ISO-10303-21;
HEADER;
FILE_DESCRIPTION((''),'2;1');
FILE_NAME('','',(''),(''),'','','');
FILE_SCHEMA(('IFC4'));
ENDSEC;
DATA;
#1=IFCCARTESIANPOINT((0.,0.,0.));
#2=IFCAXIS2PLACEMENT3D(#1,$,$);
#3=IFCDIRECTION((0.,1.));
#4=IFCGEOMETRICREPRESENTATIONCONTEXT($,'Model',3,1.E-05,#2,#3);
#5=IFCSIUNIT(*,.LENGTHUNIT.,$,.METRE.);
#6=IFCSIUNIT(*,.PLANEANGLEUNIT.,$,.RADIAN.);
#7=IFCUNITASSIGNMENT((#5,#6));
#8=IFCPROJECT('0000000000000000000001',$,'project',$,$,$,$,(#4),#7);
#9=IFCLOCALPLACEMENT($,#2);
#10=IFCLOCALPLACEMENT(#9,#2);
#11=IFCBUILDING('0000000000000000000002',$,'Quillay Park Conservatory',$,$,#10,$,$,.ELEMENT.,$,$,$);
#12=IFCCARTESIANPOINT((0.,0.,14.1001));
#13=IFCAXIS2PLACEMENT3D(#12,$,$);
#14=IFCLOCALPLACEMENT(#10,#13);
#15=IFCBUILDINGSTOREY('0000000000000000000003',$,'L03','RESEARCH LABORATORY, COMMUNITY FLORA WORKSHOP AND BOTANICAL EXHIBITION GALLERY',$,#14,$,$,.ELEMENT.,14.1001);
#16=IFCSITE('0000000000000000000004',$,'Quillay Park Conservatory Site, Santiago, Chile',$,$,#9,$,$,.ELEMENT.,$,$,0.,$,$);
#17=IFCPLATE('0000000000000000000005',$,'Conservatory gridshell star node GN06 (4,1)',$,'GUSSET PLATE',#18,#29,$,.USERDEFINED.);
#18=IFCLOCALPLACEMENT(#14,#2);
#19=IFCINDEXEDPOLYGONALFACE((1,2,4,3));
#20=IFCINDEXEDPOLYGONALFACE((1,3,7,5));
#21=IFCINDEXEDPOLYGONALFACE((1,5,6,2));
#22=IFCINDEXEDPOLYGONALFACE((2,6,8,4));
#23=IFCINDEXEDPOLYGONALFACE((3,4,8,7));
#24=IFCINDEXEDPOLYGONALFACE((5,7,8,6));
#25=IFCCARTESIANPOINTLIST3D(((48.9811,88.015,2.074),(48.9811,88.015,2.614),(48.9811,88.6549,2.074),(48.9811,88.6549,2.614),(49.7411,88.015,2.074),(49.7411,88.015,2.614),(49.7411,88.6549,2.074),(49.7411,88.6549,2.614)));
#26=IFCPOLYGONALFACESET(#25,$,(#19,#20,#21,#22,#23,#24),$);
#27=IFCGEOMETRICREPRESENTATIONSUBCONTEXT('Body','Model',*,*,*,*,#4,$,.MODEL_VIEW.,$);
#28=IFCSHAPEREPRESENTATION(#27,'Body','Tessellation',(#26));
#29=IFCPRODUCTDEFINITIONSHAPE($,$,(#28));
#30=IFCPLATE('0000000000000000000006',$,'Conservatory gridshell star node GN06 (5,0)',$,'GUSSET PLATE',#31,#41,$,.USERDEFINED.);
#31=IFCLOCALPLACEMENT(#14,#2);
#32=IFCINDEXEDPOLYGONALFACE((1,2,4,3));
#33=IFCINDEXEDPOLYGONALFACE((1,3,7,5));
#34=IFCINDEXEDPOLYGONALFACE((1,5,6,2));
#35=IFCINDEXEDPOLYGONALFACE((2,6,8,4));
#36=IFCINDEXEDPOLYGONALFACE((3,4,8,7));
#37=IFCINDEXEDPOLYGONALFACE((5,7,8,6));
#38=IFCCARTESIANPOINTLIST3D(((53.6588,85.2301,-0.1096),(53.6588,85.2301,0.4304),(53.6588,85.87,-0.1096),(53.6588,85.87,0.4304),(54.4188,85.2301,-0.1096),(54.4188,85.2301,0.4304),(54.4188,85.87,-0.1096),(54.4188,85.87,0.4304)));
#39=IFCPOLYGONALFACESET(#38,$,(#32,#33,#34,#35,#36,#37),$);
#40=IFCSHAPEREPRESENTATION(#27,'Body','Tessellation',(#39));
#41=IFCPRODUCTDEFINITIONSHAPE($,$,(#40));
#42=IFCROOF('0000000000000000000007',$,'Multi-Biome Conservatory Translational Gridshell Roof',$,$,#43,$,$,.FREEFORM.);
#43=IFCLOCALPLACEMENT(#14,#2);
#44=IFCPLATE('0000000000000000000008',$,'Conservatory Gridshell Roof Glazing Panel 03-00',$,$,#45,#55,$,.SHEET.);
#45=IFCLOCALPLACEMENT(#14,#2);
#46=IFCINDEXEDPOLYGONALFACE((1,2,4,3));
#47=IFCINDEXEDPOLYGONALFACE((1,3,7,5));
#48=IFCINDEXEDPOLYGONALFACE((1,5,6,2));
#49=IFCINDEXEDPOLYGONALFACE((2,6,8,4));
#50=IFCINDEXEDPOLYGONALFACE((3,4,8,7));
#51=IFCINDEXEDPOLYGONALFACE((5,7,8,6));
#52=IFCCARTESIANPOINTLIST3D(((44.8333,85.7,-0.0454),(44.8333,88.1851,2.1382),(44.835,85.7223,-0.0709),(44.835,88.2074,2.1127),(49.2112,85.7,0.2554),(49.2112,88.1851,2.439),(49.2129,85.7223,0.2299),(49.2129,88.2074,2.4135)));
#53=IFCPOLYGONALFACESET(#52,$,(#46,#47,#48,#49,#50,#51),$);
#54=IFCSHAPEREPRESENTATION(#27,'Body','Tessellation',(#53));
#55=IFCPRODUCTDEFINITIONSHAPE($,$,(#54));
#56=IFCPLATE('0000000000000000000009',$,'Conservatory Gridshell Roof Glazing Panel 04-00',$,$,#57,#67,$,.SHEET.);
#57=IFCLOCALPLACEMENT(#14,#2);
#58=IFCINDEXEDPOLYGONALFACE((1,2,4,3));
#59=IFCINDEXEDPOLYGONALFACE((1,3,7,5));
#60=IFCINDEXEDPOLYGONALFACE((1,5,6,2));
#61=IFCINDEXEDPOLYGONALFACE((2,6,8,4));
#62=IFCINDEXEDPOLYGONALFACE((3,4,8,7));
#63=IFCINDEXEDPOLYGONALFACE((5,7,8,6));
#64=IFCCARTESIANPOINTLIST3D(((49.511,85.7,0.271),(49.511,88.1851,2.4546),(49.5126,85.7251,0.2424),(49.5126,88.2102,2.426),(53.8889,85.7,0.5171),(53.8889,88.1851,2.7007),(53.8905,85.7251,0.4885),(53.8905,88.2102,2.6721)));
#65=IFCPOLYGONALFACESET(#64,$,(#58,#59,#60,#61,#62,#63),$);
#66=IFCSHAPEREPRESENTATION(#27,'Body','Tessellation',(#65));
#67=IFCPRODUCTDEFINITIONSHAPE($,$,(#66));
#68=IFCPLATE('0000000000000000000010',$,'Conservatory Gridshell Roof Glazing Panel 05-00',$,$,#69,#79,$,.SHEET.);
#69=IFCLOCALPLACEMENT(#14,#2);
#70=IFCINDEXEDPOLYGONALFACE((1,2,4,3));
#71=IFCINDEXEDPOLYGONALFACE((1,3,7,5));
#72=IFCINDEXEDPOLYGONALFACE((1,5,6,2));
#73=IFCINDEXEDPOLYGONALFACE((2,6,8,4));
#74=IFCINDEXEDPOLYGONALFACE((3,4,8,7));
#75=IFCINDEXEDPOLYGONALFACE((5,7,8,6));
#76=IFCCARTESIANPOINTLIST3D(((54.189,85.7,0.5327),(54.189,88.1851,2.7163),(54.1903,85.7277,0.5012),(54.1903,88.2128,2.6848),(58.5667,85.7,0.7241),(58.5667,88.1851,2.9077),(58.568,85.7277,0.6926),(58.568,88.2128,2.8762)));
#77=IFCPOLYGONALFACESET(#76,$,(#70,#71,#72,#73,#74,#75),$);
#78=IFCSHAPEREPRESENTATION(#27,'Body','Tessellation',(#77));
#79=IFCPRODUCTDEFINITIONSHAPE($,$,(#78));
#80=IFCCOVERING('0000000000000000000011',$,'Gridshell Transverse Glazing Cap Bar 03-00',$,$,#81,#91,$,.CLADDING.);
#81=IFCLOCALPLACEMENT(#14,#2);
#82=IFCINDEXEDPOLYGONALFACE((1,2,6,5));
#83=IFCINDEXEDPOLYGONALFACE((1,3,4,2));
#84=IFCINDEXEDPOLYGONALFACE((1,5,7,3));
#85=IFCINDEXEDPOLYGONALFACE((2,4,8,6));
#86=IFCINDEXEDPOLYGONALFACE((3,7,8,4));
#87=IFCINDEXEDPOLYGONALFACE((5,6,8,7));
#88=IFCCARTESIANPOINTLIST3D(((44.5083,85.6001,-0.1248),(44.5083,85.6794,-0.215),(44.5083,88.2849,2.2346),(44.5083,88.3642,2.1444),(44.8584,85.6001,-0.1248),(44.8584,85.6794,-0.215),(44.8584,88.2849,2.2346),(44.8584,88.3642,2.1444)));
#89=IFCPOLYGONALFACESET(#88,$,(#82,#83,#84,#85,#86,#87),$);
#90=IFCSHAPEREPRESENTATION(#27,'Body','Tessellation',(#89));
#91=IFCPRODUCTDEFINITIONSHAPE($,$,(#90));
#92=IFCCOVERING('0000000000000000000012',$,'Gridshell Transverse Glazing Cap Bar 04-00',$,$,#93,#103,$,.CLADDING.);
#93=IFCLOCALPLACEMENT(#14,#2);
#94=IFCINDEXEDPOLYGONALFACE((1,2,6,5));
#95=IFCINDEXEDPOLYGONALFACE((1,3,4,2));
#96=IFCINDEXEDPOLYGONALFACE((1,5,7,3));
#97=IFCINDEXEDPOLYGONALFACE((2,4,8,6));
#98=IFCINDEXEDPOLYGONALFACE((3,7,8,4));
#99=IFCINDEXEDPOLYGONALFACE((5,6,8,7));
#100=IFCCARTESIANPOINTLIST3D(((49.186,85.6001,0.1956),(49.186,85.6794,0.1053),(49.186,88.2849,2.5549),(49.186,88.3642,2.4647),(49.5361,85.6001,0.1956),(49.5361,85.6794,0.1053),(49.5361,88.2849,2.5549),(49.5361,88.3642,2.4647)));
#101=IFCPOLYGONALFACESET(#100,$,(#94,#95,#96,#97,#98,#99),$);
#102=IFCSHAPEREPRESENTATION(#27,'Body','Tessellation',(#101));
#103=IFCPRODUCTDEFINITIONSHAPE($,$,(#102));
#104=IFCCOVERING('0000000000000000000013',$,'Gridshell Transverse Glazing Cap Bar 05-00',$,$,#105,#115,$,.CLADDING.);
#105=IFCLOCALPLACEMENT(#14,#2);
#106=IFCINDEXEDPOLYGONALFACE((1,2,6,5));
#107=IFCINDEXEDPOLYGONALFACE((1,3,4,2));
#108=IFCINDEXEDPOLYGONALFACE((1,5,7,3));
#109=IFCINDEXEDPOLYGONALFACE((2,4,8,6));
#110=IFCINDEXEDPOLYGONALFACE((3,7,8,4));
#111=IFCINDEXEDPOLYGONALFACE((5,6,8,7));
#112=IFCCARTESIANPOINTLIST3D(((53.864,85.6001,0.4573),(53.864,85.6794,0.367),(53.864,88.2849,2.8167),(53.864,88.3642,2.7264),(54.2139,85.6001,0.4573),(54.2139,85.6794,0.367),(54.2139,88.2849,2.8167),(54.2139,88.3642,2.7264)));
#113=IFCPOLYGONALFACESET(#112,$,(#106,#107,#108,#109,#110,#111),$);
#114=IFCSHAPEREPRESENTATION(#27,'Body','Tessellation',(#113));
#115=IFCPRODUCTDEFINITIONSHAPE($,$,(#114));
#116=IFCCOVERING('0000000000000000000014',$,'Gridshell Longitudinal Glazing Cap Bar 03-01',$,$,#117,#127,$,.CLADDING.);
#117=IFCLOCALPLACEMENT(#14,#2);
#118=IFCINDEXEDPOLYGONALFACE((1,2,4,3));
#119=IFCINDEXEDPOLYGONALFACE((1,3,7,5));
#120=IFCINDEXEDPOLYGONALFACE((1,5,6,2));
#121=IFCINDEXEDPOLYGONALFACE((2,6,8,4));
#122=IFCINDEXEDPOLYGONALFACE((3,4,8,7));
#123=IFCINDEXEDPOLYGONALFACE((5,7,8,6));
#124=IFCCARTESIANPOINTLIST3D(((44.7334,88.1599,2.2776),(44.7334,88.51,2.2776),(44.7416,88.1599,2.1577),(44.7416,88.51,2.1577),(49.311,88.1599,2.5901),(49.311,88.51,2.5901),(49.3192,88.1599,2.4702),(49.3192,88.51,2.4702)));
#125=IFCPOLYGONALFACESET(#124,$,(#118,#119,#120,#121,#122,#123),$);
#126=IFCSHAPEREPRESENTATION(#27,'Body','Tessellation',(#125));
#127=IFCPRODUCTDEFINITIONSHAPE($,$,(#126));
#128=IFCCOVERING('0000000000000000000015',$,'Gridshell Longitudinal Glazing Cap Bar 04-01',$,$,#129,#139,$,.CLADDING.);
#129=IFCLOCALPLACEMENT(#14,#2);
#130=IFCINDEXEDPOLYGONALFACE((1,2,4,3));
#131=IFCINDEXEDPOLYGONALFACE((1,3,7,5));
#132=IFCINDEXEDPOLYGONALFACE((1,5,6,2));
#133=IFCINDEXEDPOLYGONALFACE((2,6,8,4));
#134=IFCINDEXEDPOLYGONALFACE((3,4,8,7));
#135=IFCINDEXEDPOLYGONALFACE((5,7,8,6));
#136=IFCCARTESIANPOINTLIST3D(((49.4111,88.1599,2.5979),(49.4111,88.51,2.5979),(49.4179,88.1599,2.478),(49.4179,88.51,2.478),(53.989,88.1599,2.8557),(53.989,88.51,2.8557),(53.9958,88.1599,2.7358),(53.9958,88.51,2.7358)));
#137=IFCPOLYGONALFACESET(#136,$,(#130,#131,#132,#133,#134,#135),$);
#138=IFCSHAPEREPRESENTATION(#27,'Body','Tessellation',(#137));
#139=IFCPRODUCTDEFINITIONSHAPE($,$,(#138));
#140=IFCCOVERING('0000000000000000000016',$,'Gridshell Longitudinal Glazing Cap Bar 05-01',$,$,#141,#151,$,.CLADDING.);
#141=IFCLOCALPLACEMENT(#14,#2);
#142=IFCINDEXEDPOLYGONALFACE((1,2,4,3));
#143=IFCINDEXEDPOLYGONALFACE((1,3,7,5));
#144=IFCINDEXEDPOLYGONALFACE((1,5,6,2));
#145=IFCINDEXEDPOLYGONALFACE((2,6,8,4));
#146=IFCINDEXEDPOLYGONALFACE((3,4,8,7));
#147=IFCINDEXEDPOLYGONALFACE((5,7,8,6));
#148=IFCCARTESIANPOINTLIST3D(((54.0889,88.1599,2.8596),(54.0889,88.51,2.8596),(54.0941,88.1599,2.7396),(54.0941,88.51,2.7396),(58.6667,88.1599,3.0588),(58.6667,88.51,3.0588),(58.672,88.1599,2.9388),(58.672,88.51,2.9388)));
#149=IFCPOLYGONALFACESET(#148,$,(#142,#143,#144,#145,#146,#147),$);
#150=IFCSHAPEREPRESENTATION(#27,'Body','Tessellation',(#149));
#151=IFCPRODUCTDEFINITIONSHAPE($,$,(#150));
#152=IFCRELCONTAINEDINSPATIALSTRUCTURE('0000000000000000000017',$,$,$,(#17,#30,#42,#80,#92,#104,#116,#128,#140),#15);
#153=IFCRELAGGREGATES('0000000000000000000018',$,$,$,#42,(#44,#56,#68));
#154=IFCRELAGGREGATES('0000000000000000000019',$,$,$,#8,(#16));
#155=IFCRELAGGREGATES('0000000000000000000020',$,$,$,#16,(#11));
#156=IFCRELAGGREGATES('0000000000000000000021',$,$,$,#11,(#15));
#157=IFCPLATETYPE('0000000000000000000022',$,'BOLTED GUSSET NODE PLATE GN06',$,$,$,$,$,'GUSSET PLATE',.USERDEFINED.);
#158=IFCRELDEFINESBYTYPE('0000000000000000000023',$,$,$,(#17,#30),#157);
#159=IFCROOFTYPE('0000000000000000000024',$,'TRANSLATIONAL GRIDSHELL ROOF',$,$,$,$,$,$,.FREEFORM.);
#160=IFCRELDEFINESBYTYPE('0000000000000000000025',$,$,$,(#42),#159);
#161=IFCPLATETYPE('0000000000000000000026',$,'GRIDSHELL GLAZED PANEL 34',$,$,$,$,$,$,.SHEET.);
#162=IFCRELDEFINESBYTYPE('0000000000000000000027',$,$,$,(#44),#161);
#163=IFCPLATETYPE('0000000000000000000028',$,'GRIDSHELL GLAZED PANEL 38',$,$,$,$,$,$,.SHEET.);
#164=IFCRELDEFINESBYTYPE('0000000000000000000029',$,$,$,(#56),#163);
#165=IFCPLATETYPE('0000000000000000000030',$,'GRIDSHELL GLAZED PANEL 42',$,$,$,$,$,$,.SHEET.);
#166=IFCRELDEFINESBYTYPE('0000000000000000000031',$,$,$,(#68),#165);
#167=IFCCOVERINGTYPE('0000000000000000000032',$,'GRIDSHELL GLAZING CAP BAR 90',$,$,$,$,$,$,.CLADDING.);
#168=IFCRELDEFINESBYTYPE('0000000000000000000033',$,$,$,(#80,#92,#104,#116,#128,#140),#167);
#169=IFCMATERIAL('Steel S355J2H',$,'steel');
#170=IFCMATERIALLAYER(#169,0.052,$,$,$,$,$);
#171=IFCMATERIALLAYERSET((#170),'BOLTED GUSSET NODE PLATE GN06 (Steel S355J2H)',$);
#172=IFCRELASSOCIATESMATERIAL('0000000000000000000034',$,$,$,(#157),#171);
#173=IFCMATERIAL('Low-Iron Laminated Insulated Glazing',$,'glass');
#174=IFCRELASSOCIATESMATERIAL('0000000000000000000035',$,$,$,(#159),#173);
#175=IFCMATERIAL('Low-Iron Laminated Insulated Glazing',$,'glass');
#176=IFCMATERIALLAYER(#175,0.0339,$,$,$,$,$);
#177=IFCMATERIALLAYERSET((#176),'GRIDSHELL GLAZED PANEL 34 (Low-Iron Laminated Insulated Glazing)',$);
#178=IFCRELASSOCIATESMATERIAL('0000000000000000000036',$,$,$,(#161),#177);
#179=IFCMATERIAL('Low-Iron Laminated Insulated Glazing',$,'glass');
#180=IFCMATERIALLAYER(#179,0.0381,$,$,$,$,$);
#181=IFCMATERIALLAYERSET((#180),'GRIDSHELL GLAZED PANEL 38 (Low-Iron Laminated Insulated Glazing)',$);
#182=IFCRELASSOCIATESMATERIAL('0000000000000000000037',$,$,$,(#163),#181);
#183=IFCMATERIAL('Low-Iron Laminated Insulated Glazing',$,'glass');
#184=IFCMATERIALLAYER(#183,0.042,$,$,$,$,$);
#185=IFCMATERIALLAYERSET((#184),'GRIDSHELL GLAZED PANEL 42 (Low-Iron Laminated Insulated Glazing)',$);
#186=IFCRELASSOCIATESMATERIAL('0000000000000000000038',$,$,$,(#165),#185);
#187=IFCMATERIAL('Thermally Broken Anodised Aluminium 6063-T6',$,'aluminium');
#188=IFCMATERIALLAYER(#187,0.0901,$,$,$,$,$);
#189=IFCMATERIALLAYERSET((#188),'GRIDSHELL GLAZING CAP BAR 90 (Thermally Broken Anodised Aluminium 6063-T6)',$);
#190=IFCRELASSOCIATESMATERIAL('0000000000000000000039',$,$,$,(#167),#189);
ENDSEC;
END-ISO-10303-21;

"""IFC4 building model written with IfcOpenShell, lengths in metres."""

from ifc_helpers import new_model, si_unit, direction, frame, origin, origin_2d, place, context, subcontext, project, spatial, polyline, rectangle, outline, extrude, material, layer, layer_set, type_object, element, aggregate, save


model = new_model("IFC4")

# Units and contexts
model_context = context("Model", 3, precision=1e-05, world=origin(), true_north=direction((0.0, 1.0)))
body_context = subcontext(model_context, "Body", "Model", "MODEL_VIEW")
ifc_project = project(units=[si_unit("LENGTHUNIT", "METRE"), si_unit("PLANEANGLEUNIT", "RADIAN")], contexts=[model_context])

# Site, building, storey
site_placement = place(None, origin())
site = spatial("IfcSite", under=ifc_project, at=site_placement, Name="Quillay Park Conservatory Site, Santiago, Chile", CompositionType="ELEMENT", RefElevation=0.0)
building_placement = place(site_placement, origin())
building = spatial("IfcBuilding", under=site, at=building_placement, Name="Quillay Park Conservatory", CompositionType="ELEMENT")
storey_placement = place(building_placement, frame((0.0, 0.0, 14.1001)))
storey = spatial("IfcBuildingStorey", under=building, at=storey_placement, Name="L03", Description="RESEARCH LABORATORY, COMMUNITY FLORA WORKSHOP AND BOTANICAL EXHIBITION GALLERY", CompositionType="ELEMENT", Elevation=14.1001)

# Plates
ifc_material_1 = material(Name="Steel S355J2H", Category="steel")
ifc_layer_1 = layer(ifc_material_1, 0.052)
ifc_layer_set_1 = layer_set([ifc_layer_1], Name="BOLTED GUSSET NODE PLATE GN06 (Steel S355J2H)")
plate_type_1 = type_object("IfcPlateType", Name="BOLTED GUSSET NODE PLATE GN06", ElementType="GUSSET PLATE", PredefinedType="USERDEFINED", material=ifc_layer_set_1)
for number, where, z_axis, x_axis, name in (
    (1, (49.3611, 88.335, 2.074), (0.0, 0.0, 1.0), (1.0, 0.0, 0.0), "Conservatory gridshell star node GN06 (4,1)"),
    (2, (54.0388, 85.55, -0.1096), (0.0, 0.0, 1.0), (1.0, 0.0, 0.0), "Conservatory gridshell star node GN06 (5,0)"),
):
    element("IfcPlate", number, at=place(storey_placement, frame(where, z_axis=z_axis, x_axis=x_axis)), inside=storey, type_object=plate_type_1, Name=name, ObjectType="GUSSET PLATE", PredefinedType="USERDEFINED", context=body_context, shape_type="SweptSolid", body=[
        extrude(rectangle(XDim=0.76, YDim=0.6399, at=origin_2d()), origin(), (0.0, 0.0, 1.0), 0.54),
    ])

# Roof, plates
ifc_material_2 = material(Name="Low-Iron Laminated Insulated Glazing", Category="glass")
roof_type = type_object("IfcRoofType", Name="TRANSLATIONAL GRIDSHELL ROOF", PredefinedType="FREEFORM", material=ifc_material_2)
roof_placement = place(storey_placement, origin())
roof = element("IfcRoof", 3, at=roof_placement, inside=storey, type_object=roof_type, Name="Multi-Biome Conservatory Translational Gridshell Roof", PredefinedType="FREEFORM")
ifc_material_3 = material(Name="Low-Iron Laminated Insulated Glazing", Category="glass")
ifc_layer_2 = layer(ifc_material_3, 0.0339)
ifc_layer_set_2 = layer_set([ifc_layer_2], Name="GRIDSHELL GLAZED PANEL 34 (Low-Iron Laminated Insulated Glazing)")
plate_type_2 = type_object("IfcPlateType", Name="GRIDSHELL GLAZED PANEL 34", PredefinedType="SHEET", material=ifc_layer_set_2)
plate_1_placement = place(storey_placement, frame((44.8333, 85.7, -0.0454), z_axis=(-0.051542, -0.659188, 0.75021), x_axis=(0.997648, 0.0, 0.068542)))
plate_1 = element("IfcPlate", 4, at=plate_1_placement, type_object=plate_type_2, Name="Conservatory Gridshell Roof Glazing Panel 03-00", PredefinedType="SHEET", context=body_context, shape_type="SweptSolid", body=[
    extrude(outline(polyline([(0.0, 0.0), (4.3882, 0.0), (4.5379, 3.3048), (0.1497, 3.3048), (0.0, 0.0)])), origin(), (0.0, 0.0, -1.0), 0.0339),
])
ifc_material_4 = material(Name="Low-Iron Laminated Insulated Glazing", Category="glass")
ifc_layer_3 = layer(ifc_material_4, 0.0381)
ifc_layer_set_3 = layer_set([ifc_layer_3], Name="GRIDSHELL GLAZED PANEL 38 (Low-Iron Laminated Insulated Glazing)")
plate_type_3 = type_object("IfcPlateType", Name="GRIDSHELL GLAZED PANEL 38", PredefinedType="SHEET", material=ifc_layer_set_3)
plate_2_placement = place(storey_placement, frame((49.511, 85.7, 0.271), z_axis=(-0.04219, -0.659478, 0.750539), x_axis=(0.998424, 0.0, 0.056124)))
plate_2 = element("IfcPlate", 5, at=plate_2_placement, type_object=plate_type_3, Name="Conservatory Gridshell Roof Glazing Panel 04-00", PredefinedType="SHEET", context=body_context, shape_type="SweptSolid", body=[
    extrude(outline(polyline([(0.0, 0.0), (4.3848, 0.0), (4.5074, 3.3059), (0.1226, 3.3059), (0.0, 0.0)])), origin(), (0.0, 0.0, -1.0), 0.0381),
])
ifc_material_5 = material(Name="Low-Iron Laminated Insulated Glazing", Category="glass")
ifc_layer_4 = layer(ifc_material_5, 0.042)
ifc_layer_set_4 = layer_set([ifc_layer_4], Name="GRIDSHELL GLAZED PANEL 42 (Low-Iron Laminated Insulated Glazing)")
plate_type_4 = type_object("IfcPlateType", Name="GRIDSHELL GLAZED PANEL 42", PredefinedType="SHEET", material=ifc_layer_set_4)
plate_3_placement = place(storey_placement, frame((54.189, 85.7, 0.5327), z_axis=(-0.032827, -0.65971, 0.750803), x_axis=(0.999046, 0.0, 0.043681)))
plate_3 = element("IfcPlate", 6, at=plate_3_placement, type_object=plate_type_4, Name="Conservatory Gridshell Roof Glazing Panel 05-00", PredefinedType="SHEET", context=body_context, shape_type="SweptSolid", body=[
    extrude(outline(polyline([(0.0, 0.0), (4.3819, 0.0), (4.4773, 3.3068), (0.0954, 3.3068), (0.0, 0.0)])), origin(), (0.0, 0.0, -1.0), 0.042),
])
aggregate(roof, [plate_1, plate_2, plate_3])

# Coverings
ifc_material_6 = material(Name="Thermally Broken Anodised Aluminium 6063-T6", Category="aluminium")
ifc_layer_5 = layer(ifc_material_6, 0.0901)
ifc_layer_set_5 = layer_set([ifc_layer_5], Name="GRIDSHELL GLAZING CAP BAR 90 (Thermally Broken Anodised Aluminium 6063-T6)")
covering_type = type_object("IfcCoveringType", Name="GRIDSHELL GLAZING CAP BAR 90", PredefinedType="CLADDING", material=ifc_layer_set_5)
for number, where, z_axis, x_axis, name in (
    (7, (44.5083, 85.6001, -0.1248), (0.0, -0.660113, 0.751166), (1.0, 0.0, 0.0), "Gridshell Transverse Glazing Cap Bar 03-00"),
    (8, (49.186, 85.6001, 0.1956), (0.0, -0.660113, 0.751166), (1.0, 0.0, 0.0), "Gridshell Transverse Glazing Cap Bar 04-00"),
):
    element("IfcCovering", number, at=place(storey_placement, frame(where, z_axis=z_axis, x_axis=x_axis)), inside=storey, type_object=covering_type, Name=name, PredefinedType="CLADDING", context=body_context, shape_type="SweptSolid", body=[
        extrude(outline(polyline([(0.0, 0.0), (0.3501, 0.0), (0.3501, 3.5742), (0.0, 3.5742), (0.0, 0.0)])), origin(), (0.0, 0.0, -1.0), 0.1201),
    ])
covering_1_placement = place(storey_placement, frame((53.864, 85.6001, 0.4573), z_axis=(0.0, -0.660113, 0.751166), x_axis=(1.0, 0.0, 0.0)))
element("IfcCovering", 9, at=covering_1_placement, inside=storey, type_object=covering_type, Name="Gridshell Transverse Glazing Cap Bar 05-00", PredefinedType="CLADDING", context=body_context, shape_type="SweptSolid", body=[
    extrude(outline(polyline([(0.0, 0.0), (0.3499, 0.0), (0.3499, 3.5742), (0.0, 3.5742), (0.0, 0.0)])), origin(), (0.0, 0.0, -1.0), 0.1201),
])
covering_2_placement = place(storey_placement, frame((44.7334, 88.1599, 2.2776), z_axis=(-0.068108, 0.0, 0.997678), x_axis=(0.997678, 0.0, 0.068108)))
element("IfcCovering", 10, at=covering_2_placement, inside=storey, type_object=covering_type, Name="Gridshell Longitudinal Glazing Cap Bar 03-01", PredefinedType="CLADDING", context=body_context, shape_type="SweptSolid", body=[
    extrude(outline(polyline([(0.0, 0.0), (4.5883, 0.0), (4.5883, 0.3501), (0.0, 0.3501), (0.0, 0.0)])), origin(), (0.0, 0.0, -1.0), 0.1201),
])
covering_3_placement = place(storey_placement, frame((49.4111, 88.1599, 2.5979), z_axis=(-0.056228, 0.0, 0.998418), x_axis=(0.998418, 0.0, 0.056228)))
element("IfcCovering", 11, at=covering_3_placement, inside=storey, type_object=covering_type, Name="Gridshell Longitudinal Glazing Cap Bar 04-01", PredefinedType="CLADDING", context=body_context, shape_type="SweptSolid", body=[
    extrude(outline(polyline([(0.0, 0.0), (4.5851, 0.0), (4.5851, 0.3501), (0.0, 0.3501), (0.0, 0.0)])), origin(), (0.0, 0.0, -1.0), 0.1201),
])
covering_4_placement = place(storey_placement, frame((54.0889, 88.1599, 2.8596), z_axis=(-0.043477, 0.0, 0.999054), x_axis=(0.999054, 0.0, 0.043477)))
element("IfcCovering", 12, at=covering_4_placement, inside=storey, type_object=covering_type, Name="Gridshell Longitudinal Glazing Cap Bar 05-01", PredefinedType="CLADDING", context=body_context, shape_type="SweptSolid", body=[
    extrude(outline(polyline([(0.0, 0.0), (4.5822, 0.0), (4.5822, 0.3501), (0.0, 0.3501), (0.0, 0.0)])), origin(), (0.0, 0.0, -1.0), 0.1201),
])

save(model, "model.ifc")
